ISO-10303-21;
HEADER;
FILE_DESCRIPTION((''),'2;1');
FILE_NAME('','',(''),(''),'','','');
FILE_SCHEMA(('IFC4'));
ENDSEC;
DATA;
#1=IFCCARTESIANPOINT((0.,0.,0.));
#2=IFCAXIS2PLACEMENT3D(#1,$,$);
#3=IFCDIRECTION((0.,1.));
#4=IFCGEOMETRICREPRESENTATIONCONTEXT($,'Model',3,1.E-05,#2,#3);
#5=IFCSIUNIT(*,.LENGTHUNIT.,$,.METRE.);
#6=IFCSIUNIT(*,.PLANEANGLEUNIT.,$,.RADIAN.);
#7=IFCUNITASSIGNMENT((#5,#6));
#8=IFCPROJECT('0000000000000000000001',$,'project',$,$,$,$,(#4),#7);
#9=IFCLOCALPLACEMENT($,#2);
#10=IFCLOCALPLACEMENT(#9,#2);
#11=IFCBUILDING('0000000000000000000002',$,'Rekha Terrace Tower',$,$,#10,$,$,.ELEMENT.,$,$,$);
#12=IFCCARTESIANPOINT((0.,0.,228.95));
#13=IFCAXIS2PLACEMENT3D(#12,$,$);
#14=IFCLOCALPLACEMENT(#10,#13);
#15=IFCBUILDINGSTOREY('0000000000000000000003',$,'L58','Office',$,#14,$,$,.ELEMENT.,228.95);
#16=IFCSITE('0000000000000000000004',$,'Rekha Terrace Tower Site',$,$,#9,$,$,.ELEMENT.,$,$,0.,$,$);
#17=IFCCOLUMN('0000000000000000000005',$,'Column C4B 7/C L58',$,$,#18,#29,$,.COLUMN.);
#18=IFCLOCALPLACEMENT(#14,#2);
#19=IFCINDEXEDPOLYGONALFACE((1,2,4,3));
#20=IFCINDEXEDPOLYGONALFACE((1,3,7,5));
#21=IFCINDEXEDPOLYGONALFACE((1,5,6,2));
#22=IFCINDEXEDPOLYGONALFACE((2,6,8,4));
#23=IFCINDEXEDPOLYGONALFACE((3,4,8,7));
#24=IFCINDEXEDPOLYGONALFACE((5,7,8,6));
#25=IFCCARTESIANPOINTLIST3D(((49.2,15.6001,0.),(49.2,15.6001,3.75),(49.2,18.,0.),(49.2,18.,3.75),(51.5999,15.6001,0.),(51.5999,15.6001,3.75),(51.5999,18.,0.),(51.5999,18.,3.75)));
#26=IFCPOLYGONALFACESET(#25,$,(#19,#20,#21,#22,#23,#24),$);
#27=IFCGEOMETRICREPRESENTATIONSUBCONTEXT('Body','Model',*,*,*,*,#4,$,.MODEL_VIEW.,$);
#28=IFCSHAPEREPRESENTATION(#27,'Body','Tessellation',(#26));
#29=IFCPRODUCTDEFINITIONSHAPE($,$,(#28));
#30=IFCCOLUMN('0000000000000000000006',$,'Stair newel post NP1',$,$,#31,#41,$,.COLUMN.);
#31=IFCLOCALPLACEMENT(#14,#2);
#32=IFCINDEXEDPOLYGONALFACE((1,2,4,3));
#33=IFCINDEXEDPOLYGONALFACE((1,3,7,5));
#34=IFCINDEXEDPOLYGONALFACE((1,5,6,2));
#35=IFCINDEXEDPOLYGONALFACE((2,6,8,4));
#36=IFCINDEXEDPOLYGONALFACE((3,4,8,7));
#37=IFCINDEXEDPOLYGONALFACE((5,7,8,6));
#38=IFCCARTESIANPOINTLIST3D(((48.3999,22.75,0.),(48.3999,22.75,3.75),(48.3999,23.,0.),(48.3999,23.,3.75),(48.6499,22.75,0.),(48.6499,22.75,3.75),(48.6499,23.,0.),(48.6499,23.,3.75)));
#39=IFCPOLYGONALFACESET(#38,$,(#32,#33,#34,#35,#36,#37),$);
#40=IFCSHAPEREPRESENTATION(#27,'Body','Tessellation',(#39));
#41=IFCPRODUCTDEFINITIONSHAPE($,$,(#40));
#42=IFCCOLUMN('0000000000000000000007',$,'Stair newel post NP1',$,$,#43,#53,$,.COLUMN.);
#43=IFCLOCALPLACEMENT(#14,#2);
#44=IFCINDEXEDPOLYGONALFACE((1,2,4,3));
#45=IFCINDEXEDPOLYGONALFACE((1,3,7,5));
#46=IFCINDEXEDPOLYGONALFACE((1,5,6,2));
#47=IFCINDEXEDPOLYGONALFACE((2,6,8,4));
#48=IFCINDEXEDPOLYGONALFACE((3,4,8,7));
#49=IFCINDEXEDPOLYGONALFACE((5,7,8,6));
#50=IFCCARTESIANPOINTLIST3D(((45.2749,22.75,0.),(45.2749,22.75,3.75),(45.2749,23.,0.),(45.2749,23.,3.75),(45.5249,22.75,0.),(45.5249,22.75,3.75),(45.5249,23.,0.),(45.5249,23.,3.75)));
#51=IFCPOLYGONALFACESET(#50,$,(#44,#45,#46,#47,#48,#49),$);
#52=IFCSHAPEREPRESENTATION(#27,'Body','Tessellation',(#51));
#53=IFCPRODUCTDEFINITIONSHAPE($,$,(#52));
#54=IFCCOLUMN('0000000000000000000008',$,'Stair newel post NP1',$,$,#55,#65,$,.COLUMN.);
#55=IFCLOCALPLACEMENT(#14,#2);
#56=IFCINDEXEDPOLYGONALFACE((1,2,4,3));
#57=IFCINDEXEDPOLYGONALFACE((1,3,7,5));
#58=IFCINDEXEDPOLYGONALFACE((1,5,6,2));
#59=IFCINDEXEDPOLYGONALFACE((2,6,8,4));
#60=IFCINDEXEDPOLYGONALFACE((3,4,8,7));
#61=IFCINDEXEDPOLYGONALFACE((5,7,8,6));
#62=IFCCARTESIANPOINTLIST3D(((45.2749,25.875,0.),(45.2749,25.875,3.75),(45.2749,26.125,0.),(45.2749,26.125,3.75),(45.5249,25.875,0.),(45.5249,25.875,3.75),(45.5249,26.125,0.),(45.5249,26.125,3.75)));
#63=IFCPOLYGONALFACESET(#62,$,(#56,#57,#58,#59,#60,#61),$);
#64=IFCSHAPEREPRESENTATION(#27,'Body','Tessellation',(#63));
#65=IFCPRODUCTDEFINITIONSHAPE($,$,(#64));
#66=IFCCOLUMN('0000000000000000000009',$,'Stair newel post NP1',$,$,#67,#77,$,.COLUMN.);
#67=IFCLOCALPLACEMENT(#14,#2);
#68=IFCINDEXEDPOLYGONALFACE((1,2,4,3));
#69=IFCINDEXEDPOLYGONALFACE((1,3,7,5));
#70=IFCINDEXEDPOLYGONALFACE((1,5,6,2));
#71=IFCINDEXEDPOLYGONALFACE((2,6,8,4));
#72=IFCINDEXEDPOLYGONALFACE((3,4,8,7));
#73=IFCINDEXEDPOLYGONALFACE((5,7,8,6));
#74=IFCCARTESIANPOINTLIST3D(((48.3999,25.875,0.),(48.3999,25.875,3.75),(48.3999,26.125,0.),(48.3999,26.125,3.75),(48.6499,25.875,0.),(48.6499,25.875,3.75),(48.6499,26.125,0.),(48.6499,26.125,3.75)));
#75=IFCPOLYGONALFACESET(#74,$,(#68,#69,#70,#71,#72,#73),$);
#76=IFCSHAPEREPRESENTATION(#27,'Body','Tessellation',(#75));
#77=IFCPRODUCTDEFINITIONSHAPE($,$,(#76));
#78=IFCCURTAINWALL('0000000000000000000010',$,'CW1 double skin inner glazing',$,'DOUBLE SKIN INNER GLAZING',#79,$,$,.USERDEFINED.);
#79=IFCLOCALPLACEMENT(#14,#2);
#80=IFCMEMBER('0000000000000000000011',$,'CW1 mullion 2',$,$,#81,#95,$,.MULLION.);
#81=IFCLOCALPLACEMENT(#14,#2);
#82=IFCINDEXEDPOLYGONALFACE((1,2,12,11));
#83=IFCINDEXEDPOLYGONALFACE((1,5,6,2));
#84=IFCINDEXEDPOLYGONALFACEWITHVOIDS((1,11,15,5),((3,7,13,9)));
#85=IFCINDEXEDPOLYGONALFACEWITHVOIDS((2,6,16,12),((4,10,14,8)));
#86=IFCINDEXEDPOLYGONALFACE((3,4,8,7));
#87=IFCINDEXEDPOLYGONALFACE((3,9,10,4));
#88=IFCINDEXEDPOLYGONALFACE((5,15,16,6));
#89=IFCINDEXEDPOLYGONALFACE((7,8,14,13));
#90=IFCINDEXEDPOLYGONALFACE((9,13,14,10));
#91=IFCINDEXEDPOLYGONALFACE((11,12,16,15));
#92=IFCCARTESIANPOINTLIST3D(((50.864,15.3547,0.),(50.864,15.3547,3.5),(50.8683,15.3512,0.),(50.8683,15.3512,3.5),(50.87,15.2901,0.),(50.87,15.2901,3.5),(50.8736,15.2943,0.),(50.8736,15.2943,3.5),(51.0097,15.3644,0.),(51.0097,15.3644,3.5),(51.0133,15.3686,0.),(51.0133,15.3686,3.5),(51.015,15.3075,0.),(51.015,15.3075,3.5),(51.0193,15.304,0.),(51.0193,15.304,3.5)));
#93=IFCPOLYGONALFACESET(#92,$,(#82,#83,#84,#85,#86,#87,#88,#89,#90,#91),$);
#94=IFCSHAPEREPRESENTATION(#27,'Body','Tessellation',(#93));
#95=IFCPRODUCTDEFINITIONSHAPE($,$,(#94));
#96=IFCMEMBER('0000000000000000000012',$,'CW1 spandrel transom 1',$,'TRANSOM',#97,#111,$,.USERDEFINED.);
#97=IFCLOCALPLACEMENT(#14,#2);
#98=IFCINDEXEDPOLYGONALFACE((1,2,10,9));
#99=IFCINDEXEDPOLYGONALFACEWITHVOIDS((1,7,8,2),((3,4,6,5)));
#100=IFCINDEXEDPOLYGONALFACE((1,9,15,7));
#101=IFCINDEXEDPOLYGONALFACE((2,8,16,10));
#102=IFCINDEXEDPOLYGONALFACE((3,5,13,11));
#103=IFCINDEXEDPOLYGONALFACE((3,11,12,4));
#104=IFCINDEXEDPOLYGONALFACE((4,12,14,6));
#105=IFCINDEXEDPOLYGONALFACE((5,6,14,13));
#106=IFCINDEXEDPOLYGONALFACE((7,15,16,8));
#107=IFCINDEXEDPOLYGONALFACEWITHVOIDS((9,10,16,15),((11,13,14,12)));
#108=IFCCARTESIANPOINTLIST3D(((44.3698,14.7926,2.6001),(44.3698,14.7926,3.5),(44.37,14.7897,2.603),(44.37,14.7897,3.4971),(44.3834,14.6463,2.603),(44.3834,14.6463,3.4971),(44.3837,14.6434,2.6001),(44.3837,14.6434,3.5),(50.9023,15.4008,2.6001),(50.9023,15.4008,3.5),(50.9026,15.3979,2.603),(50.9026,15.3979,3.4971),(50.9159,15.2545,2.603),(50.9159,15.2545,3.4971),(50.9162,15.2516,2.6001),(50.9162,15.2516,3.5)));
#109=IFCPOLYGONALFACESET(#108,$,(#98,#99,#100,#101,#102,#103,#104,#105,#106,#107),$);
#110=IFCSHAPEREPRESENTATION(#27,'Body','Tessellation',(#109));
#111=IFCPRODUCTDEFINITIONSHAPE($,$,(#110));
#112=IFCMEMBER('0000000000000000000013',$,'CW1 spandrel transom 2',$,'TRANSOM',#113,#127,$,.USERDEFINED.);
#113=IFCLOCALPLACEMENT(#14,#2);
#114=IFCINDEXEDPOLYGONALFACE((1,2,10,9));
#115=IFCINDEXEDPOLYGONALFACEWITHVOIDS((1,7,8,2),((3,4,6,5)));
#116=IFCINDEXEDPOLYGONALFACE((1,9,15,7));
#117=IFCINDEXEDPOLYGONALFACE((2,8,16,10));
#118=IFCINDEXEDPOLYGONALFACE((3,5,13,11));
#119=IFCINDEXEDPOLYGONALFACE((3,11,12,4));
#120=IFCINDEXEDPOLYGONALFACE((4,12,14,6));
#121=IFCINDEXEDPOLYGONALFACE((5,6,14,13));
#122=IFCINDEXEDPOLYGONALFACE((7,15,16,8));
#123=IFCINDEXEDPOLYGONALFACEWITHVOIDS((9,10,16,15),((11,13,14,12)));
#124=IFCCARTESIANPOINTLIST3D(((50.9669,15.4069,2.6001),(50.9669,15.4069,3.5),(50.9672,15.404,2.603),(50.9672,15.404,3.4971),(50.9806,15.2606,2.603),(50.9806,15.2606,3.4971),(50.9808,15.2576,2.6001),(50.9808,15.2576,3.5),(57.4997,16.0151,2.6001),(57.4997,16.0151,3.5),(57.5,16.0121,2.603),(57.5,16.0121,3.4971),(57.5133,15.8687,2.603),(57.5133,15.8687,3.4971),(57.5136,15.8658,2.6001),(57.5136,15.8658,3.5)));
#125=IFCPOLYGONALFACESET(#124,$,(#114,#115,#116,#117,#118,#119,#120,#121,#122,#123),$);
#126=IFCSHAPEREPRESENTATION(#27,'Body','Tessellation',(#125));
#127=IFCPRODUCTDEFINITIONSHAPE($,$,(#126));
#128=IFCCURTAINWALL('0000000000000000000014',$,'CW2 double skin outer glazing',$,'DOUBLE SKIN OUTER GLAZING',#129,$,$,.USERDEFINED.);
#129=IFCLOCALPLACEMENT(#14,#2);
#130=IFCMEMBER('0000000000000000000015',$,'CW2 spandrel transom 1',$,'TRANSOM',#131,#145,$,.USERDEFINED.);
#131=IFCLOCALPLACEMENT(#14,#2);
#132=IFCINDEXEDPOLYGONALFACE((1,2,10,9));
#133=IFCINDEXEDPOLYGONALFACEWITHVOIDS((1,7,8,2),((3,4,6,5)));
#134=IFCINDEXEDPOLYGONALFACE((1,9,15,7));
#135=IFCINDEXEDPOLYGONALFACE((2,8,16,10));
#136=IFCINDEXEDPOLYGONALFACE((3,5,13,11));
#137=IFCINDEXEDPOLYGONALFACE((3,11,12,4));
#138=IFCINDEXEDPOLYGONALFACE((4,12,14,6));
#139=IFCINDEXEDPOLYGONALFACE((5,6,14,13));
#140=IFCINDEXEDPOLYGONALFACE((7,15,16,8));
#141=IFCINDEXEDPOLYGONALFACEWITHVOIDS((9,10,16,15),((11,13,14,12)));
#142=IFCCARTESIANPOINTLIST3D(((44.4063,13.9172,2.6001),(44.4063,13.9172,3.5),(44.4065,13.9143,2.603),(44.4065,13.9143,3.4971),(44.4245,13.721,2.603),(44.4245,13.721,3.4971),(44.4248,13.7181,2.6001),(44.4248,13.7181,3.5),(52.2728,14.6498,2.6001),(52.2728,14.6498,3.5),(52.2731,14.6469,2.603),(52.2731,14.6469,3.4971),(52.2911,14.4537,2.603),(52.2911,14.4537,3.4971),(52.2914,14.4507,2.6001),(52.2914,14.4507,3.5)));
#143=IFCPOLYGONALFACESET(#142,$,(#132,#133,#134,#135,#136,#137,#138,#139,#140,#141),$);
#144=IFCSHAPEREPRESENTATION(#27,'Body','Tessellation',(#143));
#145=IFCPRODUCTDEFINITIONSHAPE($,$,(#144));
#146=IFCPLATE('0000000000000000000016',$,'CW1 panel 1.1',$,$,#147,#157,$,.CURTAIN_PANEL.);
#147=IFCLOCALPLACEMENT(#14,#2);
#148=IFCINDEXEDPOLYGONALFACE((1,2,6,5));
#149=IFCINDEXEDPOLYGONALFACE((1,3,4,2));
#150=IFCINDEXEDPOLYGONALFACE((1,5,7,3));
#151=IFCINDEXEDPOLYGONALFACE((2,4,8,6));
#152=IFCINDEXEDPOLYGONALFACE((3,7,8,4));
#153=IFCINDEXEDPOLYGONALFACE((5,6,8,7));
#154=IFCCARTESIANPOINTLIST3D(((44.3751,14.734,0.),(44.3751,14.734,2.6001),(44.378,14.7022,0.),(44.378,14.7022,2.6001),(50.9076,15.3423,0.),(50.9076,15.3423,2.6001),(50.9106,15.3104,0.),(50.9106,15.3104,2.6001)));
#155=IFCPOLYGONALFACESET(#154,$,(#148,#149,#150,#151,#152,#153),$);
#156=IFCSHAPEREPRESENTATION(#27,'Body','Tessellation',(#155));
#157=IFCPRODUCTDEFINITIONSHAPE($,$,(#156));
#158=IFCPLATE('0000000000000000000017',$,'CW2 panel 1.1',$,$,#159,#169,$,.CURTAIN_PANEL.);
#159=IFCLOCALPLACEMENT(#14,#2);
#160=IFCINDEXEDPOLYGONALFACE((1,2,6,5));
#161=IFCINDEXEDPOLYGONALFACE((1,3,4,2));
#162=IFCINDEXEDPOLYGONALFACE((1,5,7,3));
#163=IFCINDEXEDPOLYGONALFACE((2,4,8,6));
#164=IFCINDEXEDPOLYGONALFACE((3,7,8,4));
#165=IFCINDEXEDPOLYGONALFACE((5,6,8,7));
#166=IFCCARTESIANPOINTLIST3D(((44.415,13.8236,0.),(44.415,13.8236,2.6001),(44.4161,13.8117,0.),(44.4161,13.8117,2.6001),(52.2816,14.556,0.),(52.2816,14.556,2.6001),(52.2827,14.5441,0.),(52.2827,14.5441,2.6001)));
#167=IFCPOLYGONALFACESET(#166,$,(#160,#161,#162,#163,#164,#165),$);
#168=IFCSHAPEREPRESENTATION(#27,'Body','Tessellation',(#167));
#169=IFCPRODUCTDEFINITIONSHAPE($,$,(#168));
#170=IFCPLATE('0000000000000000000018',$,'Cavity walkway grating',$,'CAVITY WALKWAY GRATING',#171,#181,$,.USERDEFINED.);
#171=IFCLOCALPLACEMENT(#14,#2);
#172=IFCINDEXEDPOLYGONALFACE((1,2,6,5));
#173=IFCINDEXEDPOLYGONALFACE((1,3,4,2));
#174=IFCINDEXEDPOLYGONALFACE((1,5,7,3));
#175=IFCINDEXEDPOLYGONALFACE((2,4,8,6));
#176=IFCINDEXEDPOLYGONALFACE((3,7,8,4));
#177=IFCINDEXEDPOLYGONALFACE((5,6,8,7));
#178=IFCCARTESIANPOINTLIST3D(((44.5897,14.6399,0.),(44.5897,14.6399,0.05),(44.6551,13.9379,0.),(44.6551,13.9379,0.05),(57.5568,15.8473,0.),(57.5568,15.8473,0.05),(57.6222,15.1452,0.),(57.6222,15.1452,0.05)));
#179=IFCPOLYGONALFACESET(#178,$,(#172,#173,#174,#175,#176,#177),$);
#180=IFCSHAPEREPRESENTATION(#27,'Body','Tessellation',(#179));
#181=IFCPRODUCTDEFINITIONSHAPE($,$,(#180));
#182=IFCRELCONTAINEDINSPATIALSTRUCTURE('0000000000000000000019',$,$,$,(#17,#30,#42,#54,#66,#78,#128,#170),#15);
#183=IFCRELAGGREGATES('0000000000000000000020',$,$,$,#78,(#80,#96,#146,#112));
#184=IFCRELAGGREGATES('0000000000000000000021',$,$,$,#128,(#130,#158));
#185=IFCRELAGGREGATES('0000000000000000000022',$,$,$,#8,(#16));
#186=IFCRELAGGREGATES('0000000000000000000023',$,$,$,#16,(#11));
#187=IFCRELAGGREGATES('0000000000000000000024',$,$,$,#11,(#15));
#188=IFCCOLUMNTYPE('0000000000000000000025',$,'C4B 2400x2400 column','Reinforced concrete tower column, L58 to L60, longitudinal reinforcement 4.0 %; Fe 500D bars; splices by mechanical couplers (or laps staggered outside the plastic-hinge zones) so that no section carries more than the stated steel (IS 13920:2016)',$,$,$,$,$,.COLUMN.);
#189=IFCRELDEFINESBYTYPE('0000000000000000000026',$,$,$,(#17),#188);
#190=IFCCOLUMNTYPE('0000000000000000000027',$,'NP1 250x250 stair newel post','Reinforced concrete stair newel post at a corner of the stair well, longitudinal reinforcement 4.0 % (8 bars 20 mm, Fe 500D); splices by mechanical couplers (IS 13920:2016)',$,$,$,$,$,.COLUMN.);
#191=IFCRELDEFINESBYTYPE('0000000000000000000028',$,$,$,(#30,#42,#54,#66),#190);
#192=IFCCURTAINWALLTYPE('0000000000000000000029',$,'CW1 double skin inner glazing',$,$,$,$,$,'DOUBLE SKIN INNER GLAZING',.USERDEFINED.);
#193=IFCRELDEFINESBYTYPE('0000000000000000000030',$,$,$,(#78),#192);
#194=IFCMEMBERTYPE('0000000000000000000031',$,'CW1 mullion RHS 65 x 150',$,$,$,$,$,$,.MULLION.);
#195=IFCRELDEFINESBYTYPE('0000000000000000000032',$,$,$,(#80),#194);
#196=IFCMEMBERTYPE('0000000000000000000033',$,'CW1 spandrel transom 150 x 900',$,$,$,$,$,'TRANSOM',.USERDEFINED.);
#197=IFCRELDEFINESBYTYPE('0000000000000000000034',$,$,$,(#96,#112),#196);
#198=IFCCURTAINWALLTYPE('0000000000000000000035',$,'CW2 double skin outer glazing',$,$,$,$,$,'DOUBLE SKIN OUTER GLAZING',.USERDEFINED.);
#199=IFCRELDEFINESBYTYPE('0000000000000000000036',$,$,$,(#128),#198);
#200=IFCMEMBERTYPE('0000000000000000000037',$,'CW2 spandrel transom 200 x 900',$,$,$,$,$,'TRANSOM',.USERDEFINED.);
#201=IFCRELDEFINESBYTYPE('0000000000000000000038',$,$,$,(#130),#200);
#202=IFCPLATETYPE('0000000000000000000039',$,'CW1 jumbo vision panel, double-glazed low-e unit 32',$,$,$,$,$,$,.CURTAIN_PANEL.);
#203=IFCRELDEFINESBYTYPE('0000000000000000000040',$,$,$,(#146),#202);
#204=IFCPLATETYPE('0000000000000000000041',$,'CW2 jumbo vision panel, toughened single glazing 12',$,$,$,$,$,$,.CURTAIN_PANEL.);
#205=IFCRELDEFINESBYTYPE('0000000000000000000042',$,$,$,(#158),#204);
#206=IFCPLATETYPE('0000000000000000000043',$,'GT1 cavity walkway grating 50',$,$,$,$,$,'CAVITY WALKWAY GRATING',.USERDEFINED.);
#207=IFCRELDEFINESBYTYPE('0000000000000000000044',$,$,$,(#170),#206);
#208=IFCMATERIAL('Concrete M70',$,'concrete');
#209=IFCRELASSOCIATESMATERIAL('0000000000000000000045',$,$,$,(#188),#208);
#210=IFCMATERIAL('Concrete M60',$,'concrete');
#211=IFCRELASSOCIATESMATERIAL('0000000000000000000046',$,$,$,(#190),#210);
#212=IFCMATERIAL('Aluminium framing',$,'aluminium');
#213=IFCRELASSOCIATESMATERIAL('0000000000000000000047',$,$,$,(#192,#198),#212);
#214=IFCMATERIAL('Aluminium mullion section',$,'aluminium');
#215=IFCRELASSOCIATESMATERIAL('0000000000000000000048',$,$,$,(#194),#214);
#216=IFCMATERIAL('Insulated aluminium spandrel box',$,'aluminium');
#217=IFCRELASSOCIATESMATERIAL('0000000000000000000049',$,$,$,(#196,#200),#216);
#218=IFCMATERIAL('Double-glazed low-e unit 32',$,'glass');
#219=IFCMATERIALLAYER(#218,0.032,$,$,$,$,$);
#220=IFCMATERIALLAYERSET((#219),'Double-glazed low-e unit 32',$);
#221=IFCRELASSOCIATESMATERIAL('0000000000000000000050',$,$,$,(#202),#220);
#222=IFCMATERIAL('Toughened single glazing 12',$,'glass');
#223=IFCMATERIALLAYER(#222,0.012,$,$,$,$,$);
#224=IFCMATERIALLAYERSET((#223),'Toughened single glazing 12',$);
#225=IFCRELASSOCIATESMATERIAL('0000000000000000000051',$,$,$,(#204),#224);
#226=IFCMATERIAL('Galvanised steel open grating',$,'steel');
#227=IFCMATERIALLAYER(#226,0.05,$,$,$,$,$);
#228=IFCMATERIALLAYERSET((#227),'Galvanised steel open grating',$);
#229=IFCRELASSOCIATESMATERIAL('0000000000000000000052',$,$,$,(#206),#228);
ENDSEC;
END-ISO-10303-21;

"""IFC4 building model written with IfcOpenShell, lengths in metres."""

from ifc_helpers import new_model, si_unit, direction, frame, origin, origin_2d, place, context, subcontext, project, spatial, rectangle, hollow_rectangle, extrude, material, layer, layer_set, material_profile, profile_set, type_object, element, aggregate, save


model = new_model("IFC4")

# Units and contexts
model_context = context("Model", 3, precision=1e-05, world=origin(), true_north=direction((0.0, 1.0)))
body_context = subcontext(model_context, "Body", "Model", "MODEL_VIEW")
ifc_project = project(units=[si_unit("LENGTHUNIT", "METRE"), si_unit("PLANEANGLEUNIT", "RADIAN")], contexts=[model_context])

# Site, building, storey
site_placement = place(None, origin())
site = spatial("IfcSite", under=ifc_project, at=site_placement, Name="Rekha Terrace Tower Site", CompositionType="ELEMENT", RefElevation=0.0)
building_placement = place(site_placement, origin())
building = spatial("IfcBuilding", under=site, at=building_placement, Name="Rekha Terrace Tower", CompositionType="ELEMENT")
storey_placement = place(building_placement, frame((0.0, 0.0, 228.95)))
storey = spatial("IfcBuildingStorey", under=building, at=storey_placement, Name="L58", Description="Office", CompositionType="ELEMENT", Elevation=228.95)

# Columns
ifc_material_1 = material(Name="Concrete M70", Category="concrete")
ifc_material_profile_1 = material_profile(ifc_material_1, rectangle(XDim=2.3999, YDim=2.3999, at=origin_2d()), Name="RC 2400x2400")
ifc_profile_set_1 = profile_set([ifc_material_profile_1], Name="Concrete M70")
column_type_1 = type_object("IfcColumnType", Name="C4B 2400x2400 column", Description="Reinforced concrete tower column, L58 to L60, longitudinal reinforcement 4.0 %; Fe 500D bars; splices by mechanical couplers (or laps staggered outside the plastic-hinge zones) so that no section carries more than the stated steel (IS 13920:2016)", PredefinedType="COLUMN", material=ifc_profile_set_1)
column_placement = place(storey_placement, frame((50.3999, 16.8, 0.0), z_axis=(0.0, 0.0, 1.0), x_axis=(1.0, 0.0, 0.0)))
element("IfcColumn", 1, at=column_placement, inside=storey, type_object=column_type_1, Name="Column C4B 7/C L58", PredefinedType="COLUMN", context=body_context, shape_type="SweptSolid", body=[
    extrude(rectangle(XDim=2.3999, YDim=2.3999, at=origin_2d()), origin(), (0.0, 0.0, 1.0), 3.75),
])
ifc_material_2 = material(Name="Concrete M60", Category="concrete")
ifc_material_profile_2 = material_profile(ifc_material_2, rectangle(XDim=0.25, YDim=0.25, at=origin_2d()), Name="RC 250x250")
ifc_profile_set_2 = profile_set([ifc_material_profile_2], Name="Concrete M60")
column_type_2 = type_object("IfcColumnType", Name="NP1 250x250 stair newel post", Description="Reinforced concrete stair newel post at a corner of the stair well, longitudinal reinforcement 4.0 % (8 bars 20 mm, Fe 500D); splices by mechanical couplers (IS 13920:2016)", PredefinedType="COLUMN", material=ifc_profile_set_2)
for number, where, z_axis, x_axis, name in (
    (2, (48.5249, 22.875, 0.0), (0.0, 0.0, 1.0), (1.0, 0.0, 0.0), "Stair newel post NP1"),
    (3, (45.3999, 22.875, 0.0), (0.0, 0.0, 1.0), (1.0, 0.0, 0.0), "Stair newel post NP1"),
    (4, (45.3999, 26.0, 0.0), (0.0, 0.0, 1.0), (1.0, 0.0, 0.0), "Stair newel post NP1"),
    (5, (48.5249, 26.0, 0.0), (0.0, 0.0, 1.0), (1.0, 0.0, 0.0), "Stair newel post NP1"),
):
    element("IfcColumn", number, at=place(storey_placement, frame(where, z_axis=z_axis, x_axis=x_axis)), inside=storey, type_object=column_type_2, Name=name, PredefinedType="COLUMN", context=body_context, shape_type="SweptSolid", body=[
        extrude(rectangle(XDim=0.25, YDim=0.25, at=origin_2d()), origin(), (0.0, 0.0, 1.0), 3.75),
    ])

# Curtain wall, members
ifc_material_3 = material(Name="Aluminium framing", Category="aluminium")
curtain_wall_type_1 = type_object("IfcCurtainWallType", Name="CW1 double skin inner glazing", ElementType="DOUBLE SKIN INNER GLAZING", PredefinedType="USERDEFINED", material=ifc_material_3)
curtain_wall_1_placement = place(storey_placement, origin())
curtain_wall_1 = element("IfcCurtainWall", 6, at=curtain_wall_1_placement, inside=storey, type_object=curtain_wall_type_1, Name="CW1 double skin inner glazing", ObjectType="DOUBLE SKIN INNER GLAZING", PredefinedType="USERDEFINED")
ifc_material_4 = material(Name="Aluminium mullion section", Category="aluminium")
ifc_material_profile_3 = material_profile(ifc_material_4, hollow_rectangle(XDim=0.0649, YDim=0.1499, WallThickness=0.0039, at=origin_2d()), Name="AL RHS 65x150")
ifc_profile_set_3 = profile_set([ifc_material_profile_3], Name="Aluminium mullion section")
member_type_1 = type_object("IfcMemberType", Name="CW1 mullion RHS 65 x 150", PredefinedType="MULLION", material=ifc_profile_set_3)
member_1_placement = place(storey_placement, frame((50.9417, 15.3293, 0.0), z_axis=(0.0, 0.0, 1.0), x_axis=(-0.092709, 0.995693, 0.0)))
member_1 = element("IfcMember", 7, at=member_1_placement, type_object=member_type_1, Name="CW1 mullion 2", PredefinedType="MULLION", context=body_context, shape_type="SweptSolid", body=[
    extrude(hollow_rectangle(XDim=0.0649, YDim=0.1499, WallThickness=0.0039, at=origin_2d()), origin(), (0.0, 0.0, 1.0), 3.5),
])
ifc_material_5 = material(Name="Insulated aluminium spandrel box", Category="aluminium")
ifc_material_profile_4 = material_profile(ifc_material_5, hollow_rectangle(XDim=0.1499, YDim=0.8999, WallThickness=0.0029, at=origin_2d()), Name="AL SPANDREL BOX 150x900")
ifc_profile_set_4 = profile_set([ifc_material_profile_4], Name="Insulated aluminium spandrel box")
member_type_2 = type_object("IfcMemberType", Name="CW1 spandrel transom 150 x 900", ElementType="TRANSOM", PredefinedType="USERDEFINED", material=ifc_profile_set_4)
member_2_placement = place(storey_placement, frame((44.3767, 14.718, 3.05), z_axis=(0.995694, 0.092696, 0.0), x_axis=(-0.092696, 0.995694, 0.0)))
member_2 = element("IfcMember", 8, at=member_2_placement, type_object=member_type_2, Name="CW1 spandrel transom 1", ObjectType="TRANSOM", PredefinedType="USERDEFINED", context=body_context, shape_type="SweptSolid", body=[
    extrude(hollow_rectangle(XDim=0.1499, YDim=0.8999, WallThickness=0.0029, at=origin_2d()), origin(), (0.0, 0.0, 1.0), 6.5608),
])
member_3_placement = place(storey_placement, frame((50.9739, 15.3323, 3.05), z_axis=(0.995695, 0.092693, 0.0), x_axis=(-0.092693, 0.995695, 0.0)))
member_3 = element("IfcMember", 9, at=member_3_placement, type_object=member_type_2, Name="CW1 spandrel transom 2", ObjectType="TRANSOM", PredefinedType="USERDEFINED", context=body_context, shape_type="SweptSolid", body=[
    extrude(hollow_rectangle(XDim=0.1499, YDim=0.8999, WallThickness=0.0029, at=origin_2d()), origin(), (0.0, 0.0, 1.0), 6.561),
])

# Curtain wall, member
curtain_wall_type_2 = type_object("IfcCurtainWallType", Name="CW2 double skin outer glazing", ElementType="DOUBLE SKIN OUTER GLAZING", PredefinedType="USERDEFINED", material=ifc_material_3)
curtain_wall_2_placement = place(storey_placement, origin())
curtain_wall_2 = element("IfcCurtainWall", 10, at=curtain_wall_2_placement, inside=storey, type_object=curtain_wall_type_2, Name="CW2 double skin outer glazing", ObjectType="DOUBLE SKIN OUTER GLAZING", PredefinedType="USERDEFINED")
ifc_material_profile_5 = material_profile(ifc_material_5, hollow_rectangle(XDim=0.2, YDim=0.8999, WallThickness=0.0029, at=origin_2d()), Name="AL SPANDREL BOX 200x900")
ifc_profile_set_5 = profile_set([ifc_material_profile_5], Name="Insulated aluminium spandrel box")
member_type_3 = type_object("IfcMemberType", Name="CW2 spandrel transom 200 x 900", ElementType="TRANSOM", PredefinedType="USERDEFINED", material=ifc_profile_set_5)
member_4_placement = place(storey_placement, frame((44.4155, 13.8176, 3.05), z_axis=(0.995691, 0.092734, 0.0), x_axis=(-0.092734, 0.995691, 0.0)))
member_4 = element("IfcMember", 11, at=member_4_placement, type_object=member_type_3, Name="CW2 spandrel transom 1", ObjectType="TRANSOM", PredefinedType="USERDEFINED", context=body_context, shape_type="SweptSolid", body=[
    extrude(hollow_rectangle(XDim=0.2, YDim=0.8999, WallThickness=0.0029, at=origin_2d()), origin(), (0.0, 0.0, 1.0), 7.9006),
])

# Plates
ifc_material_6 = material(Name="Double-glazed low-e unit 32", Category="glass")
ifc_layer_1 = layer(ifc_material_6, 0.032)
ifc_layer_set_1 = layer_set([ifc_layer_1], Name="Double-glazed low-e unit 32")
plate_type_1 = type_object("IfcPlateType", Name="CW1 jumbo vision panel, double-glazed low-e unit 32", PredefinedType="CURTAIN_PANEL", material=ifc_layer_set_1)
plate_1_placement = place(storey_placement, frame((47.6428, 15.0222, 0.0), z_axis=(0.0, 0.0, 1.0), x_axis=(0.995693, 0.092709, 0.0)))
plate_1 = element("IfcPlate", 12, at=plate_1_placement, type_object=plate_type_1, Name="CW1 panel 1.1", PredefinedType="CURTAIN_PANEL", context=body_context, shape_type="SweptSolid", body=[
    extrude(rectangle(XDim=6.5608, YDim=0.032, at=origin_2d()), origin(), (0.0, 0.0, 1.0), 2.6001),
])
aggregate(curtain_wall_1, [member_1, member_2, plate_1, member_3])
ifc_material_7 = material(Name="Toughened single glazing 12", Category="glass")
ifc_layer_2 = layer(ifc_material_7, 0.012)
ifc_layer_set_2 = layer_set([ifc_layer_2], Name="Toughened single glazing 12")
plate_type_2 = type_object("IfcPlateType", Name="CW2 jumbo vision panel, toughened single glazing 12", PredefinedType="CURTAIN_PANEL", material=ifc_layer_set_2)
plate_2_placement = place(storey_placement, frame((48.3489, 14.1838, 0.0), z_axis=(0.0, 0.0, 1.0), x_axis=(0.995693, 0.092709, 0.0)))
plate_2 = element("IfcPlate", 13, at=plate_2_placement, type_object=plate_type_2, Name="CW2 panel 1.1", PredefinedType="CURTAIN_PANEL", context=body_context, shape_type="SweptSolid", body=[
    extrude(rectangle(XDim=7.9006, YDim=0.012, at=origin_2d()), origin(), (0.0, 0.0, 1.0), 2.6001),
])
aggregate(curtain_wall_2, [member_4, plate_2])
ifc_material_8 = material(Name="Galvanised steel open grating", Category="steel")
ifc_layer_3 = layer(ifc_material_8, 0.05)
ifc_layer_set_3 = layer_set([ifc_layer_3], Name="Galvanised steel open grating")
plate_type_3 = type_object("IfcPlateType", Name="GT1 cavity walkway grating 50", ElementType="CAVITY WALKWAY GRATING", PredefinedType="USERDEFINED", material=ifc_layer_set_3)
plate_3_placement = place(storey_placement, frame((51.106, 14.8926, 0.0), z_axis=(0.0, 0.0, 1.0), x_axis=(0.995693, 0.092709, 0.0)))
element("IfcPlate", 14, at=plate_3_placement, inside=storey, type_object=plate_type_3, Name="Cavity walkway grating", ObjectType="CAVITY WALKWAY GRATING", PredefinedType="USERDEFINED", context=body_context, shape_type="SweptSolid", body=[
    extrude(rectangle(XDim=13.0232, YDim=0.7051, at=origin_2d()), origin(), (0.0, 0.0, 1.0), 0.05),
])

save(model, "model.ifc")
